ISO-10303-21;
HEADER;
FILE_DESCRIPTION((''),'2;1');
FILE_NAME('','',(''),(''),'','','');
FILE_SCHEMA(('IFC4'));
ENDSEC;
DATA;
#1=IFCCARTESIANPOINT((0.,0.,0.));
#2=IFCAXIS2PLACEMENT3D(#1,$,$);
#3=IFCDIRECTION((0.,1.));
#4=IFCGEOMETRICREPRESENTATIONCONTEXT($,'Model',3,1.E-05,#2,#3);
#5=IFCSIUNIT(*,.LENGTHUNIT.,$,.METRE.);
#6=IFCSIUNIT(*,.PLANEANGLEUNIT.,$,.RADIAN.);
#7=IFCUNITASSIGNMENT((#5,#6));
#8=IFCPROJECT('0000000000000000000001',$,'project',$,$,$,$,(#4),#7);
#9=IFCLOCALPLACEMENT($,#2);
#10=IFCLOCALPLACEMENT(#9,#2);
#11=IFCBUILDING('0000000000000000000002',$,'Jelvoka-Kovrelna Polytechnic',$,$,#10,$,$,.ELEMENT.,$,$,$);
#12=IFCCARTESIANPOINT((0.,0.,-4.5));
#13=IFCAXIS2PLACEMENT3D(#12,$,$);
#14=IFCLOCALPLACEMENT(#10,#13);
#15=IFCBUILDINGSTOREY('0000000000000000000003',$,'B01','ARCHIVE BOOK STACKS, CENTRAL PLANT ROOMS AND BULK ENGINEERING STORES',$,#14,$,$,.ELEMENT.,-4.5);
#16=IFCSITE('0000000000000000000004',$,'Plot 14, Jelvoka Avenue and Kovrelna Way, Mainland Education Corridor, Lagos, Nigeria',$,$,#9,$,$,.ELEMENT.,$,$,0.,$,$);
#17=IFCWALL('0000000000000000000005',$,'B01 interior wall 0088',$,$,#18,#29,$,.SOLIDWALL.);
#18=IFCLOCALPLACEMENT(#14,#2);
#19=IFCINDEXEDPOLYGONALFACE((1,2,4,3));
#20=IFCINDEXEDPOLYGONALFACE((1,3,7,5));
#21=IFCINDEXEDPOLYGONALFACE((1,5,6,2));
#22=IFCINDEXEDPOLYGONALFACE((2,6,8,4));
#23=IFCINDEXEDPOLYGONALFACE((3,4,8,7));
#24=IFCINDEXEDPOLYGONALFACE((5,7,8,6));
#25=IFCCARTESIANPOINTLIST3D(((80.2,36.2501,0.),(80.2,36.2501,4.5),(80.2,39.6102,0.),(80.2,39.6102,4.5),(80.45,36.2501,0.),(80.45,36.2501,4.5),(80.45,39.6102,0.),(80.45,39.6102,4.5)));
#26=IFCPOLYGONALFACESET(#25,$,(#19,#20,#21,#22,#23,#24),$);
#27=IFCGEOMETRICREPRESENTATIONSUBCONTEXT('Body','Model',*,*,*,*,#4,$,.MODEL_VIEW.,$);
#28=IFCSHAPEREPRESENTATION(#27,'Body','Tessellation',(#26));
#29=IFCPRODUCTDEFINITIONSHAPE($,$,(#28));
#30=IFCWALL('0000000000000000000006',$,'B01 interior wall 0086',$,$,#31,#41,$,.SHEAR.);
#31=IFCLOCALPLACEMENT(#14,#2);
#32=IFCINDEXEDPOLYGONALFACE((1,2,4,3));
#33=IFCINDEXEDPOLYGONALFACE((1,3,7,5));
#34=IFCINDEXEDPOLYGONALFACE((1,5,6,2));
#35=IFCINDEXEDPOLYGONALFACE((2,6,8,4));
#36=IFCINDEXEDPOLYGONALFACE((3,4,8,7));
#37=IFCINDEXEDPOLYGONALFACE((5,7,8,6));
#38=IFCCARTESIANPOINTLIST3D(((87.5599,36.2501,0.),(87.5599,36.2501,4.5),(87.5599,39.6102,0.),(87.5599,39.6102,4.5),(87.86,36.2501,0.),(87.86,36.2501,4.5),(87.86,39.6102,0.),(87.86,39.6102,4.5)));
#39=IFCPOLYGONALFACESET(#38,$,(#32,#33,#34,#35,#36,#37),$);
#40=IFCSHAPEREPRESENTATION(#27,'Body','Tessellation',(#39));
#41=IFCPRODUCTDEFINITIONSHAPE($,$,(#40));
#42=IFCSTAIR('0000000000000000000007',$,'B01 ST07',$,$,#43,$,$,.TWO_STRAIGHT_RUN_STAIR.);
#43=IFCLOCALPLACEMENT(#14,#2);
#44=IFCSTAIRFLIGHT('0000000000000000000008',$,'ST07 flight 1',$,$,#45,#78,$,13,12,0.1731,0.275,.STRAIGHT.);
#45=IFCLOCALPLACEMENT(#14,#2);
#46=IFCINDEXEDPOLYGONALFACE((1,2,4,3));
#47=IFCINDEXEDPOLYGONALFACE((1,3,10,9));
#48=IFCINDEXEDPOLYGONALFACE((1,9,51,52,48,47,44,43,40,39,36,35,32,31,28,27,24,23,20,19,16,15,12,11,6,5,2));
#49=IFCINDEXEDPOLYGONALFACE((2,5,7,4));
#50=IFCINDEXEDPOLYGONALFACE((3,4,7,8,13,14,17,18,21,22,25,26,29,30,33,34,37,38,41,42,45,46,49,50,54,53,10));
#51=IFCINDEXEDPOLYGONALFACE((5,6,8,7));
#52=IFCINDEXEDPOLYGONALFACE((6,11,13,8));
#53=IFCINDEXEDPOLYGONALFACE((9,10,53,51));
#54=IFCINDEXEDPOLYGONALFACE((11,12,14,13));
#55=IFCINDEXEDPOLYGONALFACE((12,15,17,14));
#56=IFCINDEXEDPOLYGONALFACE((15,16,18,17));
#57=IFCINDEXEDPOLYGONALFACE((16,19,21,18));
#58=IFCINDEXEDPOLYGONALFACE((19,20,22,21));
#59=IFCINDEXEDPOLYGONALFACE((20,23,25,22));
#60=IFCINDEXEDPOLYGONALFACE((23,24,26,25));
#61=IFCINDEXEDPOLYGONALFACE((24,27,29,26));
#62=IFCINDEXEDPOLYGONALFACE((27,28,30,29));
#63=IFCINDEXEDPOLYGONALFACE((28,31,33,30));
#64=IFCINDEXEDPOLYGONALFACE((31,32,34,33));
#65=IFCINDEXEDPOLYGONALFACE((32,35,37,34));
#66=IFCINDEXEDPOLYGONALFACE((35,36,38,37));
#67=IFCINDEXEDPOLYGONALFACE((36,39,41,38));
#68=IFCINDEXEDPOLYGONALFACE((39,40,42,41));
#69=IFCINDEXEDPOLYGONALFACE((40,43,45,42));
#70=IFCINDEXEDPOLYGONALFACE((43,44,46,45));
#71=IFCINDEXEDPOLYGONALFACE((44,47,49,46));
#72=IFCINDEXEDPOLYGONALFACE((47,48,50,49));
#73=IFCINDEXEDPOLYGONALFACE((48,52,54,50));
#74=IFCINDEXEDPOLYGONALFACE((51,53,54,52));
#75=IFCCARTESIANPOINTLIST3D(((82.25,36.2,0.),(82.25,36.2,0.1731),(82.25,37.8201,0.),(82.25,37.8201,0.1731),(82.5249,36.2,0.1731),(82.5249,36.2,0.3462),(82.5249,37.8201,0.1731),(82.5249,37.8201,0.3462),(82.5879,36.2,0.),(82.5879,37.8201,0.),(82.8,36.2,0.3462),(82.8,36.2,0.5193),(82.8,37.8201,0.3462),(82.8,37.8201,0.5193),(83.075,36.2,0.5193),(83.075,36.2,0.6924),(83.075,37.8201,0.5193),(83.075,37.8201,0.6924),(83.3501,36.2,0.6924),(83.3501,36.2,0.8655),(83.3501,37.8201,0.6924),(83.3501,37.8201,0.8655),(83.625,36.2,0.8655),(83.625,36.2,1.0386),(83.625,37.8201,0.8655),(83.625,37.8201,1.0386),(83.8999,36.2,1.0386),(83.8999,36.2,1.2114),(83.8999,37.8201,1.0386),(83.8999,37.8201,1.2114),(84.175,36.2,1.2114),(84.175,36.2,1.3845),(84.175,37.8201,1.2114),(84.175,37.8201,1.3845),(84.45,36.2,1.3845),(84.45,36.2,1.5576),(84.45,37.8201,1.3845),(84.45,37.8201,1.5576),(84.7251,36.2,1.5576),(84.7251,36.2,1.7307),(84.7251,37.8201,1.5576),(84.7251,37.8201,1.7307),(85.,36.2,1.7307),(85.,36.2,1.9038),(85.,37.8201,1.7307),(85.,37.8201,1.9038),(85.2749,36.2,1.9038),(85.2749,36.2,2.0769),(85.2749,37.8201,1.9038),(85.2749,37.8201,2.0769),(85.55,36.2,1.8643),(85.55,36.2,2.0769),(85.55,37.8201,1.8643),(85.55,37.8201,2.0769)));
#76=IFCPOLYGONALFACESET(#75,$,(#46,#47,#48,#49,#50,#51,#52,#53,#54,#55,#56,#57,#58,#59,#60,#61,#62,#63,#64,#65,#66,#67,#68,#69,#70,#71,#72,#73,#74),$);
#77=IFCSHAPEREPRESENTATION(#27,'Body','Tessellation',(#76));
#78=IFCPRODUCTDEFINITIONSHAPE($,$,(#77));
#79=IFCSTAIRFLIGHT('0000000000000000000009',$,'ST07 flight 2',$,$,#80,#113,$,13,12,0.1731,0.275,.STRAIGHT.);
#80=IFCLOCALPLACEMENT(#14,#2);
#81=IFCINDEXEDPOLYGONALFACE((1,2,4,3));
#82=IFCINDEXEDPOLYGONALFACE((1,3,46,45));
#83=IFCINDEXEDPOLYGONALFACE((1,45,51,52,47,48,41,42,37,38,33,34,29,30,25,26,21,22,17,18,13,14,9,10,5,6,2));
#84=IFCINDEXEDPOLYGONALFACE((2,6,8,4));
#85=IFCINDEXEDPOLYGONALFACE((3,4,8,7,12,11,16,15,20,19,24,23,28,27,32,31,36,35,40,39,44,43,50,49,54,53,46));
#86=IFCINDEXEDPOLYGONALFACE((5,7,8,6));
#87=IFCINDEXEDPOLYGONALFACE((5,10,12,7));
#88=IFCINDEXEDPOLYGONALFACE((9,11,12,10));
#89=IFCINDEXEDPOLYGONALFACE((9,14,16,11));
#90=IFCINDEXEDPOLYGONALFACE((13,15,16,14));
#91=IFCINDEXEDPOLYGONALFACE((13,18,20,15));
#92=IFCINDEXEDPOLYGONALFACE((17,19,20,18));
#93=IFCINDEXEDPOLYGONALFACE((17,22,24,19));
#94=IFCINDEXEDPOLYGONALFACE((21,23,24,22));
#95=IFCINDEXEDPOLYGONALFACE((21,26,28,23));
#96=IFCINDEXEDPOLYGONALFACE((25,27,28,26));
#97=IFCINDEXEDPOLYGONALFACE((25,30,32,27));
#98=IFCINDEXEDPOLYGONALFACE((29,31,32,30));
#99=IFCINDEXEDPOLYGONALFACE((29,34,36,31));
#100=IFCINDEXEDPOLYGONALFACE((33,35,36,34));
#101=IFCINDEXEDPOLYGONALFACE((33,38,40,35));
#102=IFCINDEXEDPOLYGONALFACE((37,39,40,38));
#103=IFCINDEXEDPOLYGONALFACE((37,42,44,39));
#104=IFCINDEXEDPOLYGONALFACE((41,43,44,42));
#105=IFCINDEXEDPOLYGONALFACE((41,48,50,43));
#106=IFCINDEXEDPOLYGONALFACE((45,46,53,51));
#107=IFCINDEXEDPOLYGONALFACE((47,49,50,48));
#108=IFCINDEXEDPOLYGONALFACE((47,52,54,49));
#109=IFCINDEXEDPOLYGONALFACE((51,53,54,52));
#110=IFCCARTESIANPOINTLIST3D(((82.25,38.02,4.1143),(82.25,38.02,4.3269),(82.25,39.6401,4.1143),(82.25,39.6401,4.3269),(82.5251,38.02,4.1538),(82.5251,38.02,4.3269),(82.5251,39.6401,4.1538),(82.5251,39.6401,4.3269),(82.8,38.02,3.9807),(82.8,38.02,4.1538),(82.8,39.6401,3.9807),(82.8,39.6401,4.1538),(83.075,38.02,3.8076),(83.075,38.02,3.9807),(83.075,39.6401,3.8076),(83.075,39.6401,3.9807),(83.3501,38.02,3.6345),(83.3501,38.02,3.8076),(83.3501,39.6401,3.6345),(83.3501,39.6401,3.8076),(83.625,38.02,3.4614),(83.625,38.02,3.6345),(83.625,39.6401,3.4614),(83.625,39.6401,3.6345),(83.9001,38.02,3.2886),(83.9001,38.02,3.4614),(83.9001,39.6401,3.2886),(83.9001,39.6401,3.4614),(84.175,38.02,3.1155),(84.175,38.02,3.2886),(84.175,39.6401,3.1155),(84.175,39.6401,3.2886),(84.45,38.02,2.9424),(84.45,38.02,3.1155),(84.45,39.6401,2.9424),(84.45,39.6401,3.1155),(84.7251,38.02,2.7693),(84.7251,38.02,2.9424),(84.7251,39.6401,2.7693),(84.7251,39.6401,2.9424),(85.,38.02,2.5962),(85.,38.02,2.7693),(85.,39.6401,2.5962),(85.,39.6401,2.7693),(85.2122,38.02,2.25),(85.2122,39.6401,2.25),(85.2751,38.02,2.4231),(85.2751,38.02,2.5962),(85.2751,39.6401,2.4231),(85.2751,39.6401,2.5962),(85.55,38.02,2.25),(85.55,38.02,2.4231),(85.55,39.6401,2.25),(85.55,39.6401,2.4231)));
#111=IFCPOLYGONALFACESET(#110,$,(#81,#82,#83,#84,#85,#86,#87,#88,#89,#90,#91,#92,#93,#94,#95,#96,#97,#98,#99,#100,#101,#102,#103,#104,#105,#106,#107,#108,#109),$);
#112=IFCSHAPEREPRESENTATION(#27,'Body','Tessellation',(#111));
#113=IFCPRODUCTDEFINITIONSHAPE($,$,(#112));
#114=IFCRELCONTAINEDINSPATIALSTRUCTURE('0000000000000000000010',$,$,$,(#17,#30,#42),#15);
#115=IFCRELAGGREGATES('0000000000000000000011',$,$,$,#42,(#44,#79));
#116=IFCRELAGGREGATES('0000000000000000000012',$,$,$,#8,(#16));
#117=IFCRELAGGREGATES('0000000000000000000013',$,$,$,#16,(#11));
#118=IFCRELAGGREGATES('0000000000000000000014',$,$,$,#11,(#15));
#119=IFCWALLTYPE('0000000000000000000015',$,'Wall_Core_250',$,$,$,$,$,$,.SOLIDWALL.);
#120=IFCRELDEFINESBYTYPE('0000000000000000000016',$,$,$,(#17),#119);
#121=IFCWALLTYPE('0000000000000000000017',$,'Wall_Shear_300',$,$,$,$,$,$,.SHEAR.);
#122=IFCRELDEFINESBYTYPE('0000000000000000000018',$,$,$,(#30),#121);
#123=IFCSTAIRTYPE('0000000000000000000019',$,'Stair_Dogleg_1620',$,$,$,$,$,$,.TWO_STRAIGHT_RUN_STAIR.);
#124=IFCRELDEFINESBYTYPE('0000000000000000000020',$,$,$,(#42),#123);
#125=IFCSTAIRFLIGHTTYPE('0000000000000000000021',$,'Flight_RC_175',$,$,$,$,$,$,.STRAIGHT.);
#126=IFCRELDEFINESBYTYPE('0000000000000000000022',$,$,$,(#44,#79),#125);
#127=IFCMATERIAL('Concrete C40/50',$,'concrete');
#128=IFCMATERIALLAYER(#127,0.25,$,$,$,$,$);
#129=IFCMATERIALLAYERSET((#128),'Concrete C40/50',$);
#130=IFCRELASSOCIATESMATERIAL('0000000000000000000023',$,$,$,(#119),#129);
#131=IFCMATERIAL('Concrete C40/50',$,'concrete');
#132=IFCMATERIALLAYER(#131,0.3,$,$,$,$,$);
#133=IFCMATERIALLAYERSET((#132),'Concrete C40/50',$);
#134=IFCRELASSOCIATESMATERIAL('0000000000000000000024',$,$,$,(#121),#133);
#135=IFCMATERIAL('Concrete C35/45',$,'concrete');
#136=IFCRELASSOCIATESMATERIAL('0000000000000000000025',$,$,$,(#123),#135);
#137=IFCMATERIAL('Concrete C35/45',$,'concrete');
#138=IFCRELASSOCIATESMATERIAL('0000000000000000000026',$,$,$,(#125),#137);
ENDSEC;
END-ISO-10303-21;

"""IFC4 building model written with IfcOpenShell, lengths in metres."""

from ifc_helpers import new_model, si_unit, direction, frame, frame_2d, origin, place, context, subcontext, project, spatial, polyline, rectangle, outline, extrude, material, layer, layer_set, type_object, element, aggregate, save


model = new_model("IFC4")

# Units and contexts
model_context = context("Model", 3, precision=1e-05, world=origin(), true_north=direction((0.0, 1.0)))
body_context = subcontext(model_context, "Body", "Model", "MODEL_VIEW")
ifc_project = project(units=[si_unit("LENGTHUNIT", "METRE"), si_unit("PLANEANGLEUNIT", "RADIAN")], contexts=[model_context])

# Site, building, storey
site_placement = place(None, origin())
site = spatial("IfcSite", under=ifc_project, at=site_placement, Name="Plot 14, Jelvoka Avenue and Kovrelna Way, Mainland Education Corridor, Lagos, Nigeria", CompositionType="ELEMENT", RefElevation=0.0)
building_placement = place(site_placement, origin())
building = spatial("IfcBuilding", under=site, at=building_placement, Name="Jelvoka-Kovrelna Polytechnic", CompositionType="ELEMENT")
storey_placement = place(building_placement, frame((0.0, 0.0, -4.5)))
storey = spatial("IfcBuildingStorey", under=building, at=storey_placement, Name="B01", Description="ARCHIVE BOOK STACKS, CENTRAL PLANT ROOMS AND BULK ENGINEERING STORES", CompositionType="ELEMENT", Elevation=-4.5)

# Shared definitions
ifc_material_1 = material(Name="Concrete C40/50", Category="concrete")
ifc_layer_1 = layer(ifc_material_1, 0.25)
ifc_layer_set_1 = layer_set([ifc_layer_1], Name="Concrete C40/50")
wall_type_1 = type_object("IfcWallType", Name="Wall_Core_250", PredefinedType="SOLIDWALL", material=ifc_layer_set_1)

# Walls
wall_1_placement = place(storey_placement, frame((80.325, 36.25, 0.0), z_axis=(0.0, 0.0, 1.0), x_axis=(0.0, 1.0, 0.0)))
element("IfcWall", 1, at=wall_1_placement, inside=storey, type_object=wall_type_1, Name="B01 interior wall 0088", PredefinedType="SOLIDWALL", context=body_context, shape_type="SweptSolid", body=[
    extrude(rectangle(XDim=3.3601, YDim=0.25, at=frame_2d((1.6802, 0.0))), origin(), (0.0, 0.0, 1.0), 4.5),
])
ifc_material_2 = material(Name="Concrete C40/50", Category="concrete")
ifc_layer_2 = layer(ifc_material_2, 0.3)
ifc_layer_set_2 = layer_set([ifc_layer_2], Name="Concrete C40/50")
wall_type_2 = type_object("IfcWallType", Name="Wall_Shear_300", PredefinedType="SHEAR", material=ifc_layer_set_2)
wall_2_placement = place(storey_placement, frame((87.71, 36.25, 0.0), z_axis=(0.0, 0.0, 1.0), x_axis=(0.0, 1.0, 0.0)))
element("IfcWall", 2, at=wall_2_placement, inside=storey, type_object=wall_type_2, Name="B01 interior wall 0086", PredefinedType="SHEAR", context=body_context, shape_type="SweptSolid", body=[
    extrude(rectangle(XDim=3.3601, YDim=0.3, at=frame_2d((1.6802, 0.0))), origin(), (0.0, 0.0, 1.0), 4.5),
])

# Stair, stair flights
ifc_material_3 = material(Name="Concrete C35/45", Category="concrete")
stair_type = type_object("IfcStairType", Name="Stair_Dogleg_1620", PredefinedType="TWO_STRAIGHT_RUN_STAIR", material=ifc_material_3)
stair_placement = place(storey_placement, origin())
stair = element("IfcStair", 3, at=stair_placement, inside=storey, type_object=stair_type, Name="B01 ST07", PredefinedType="TWO_STRAIGHT_RUN_STAIR")
ifc_material_4 = material(Name="Concrete C35/45", Category="concrete")
stair_flight_type = type_object("IfcStairFlightType", Name="Flight_RC_175", PredefinedType="STRAIGHT", material=ifc_material_4)
stair_flight_1_placement = place(storey_placement, frame((82.25, 37.01, 0.0), z_axis=(0.0, 0.0, 1.0), x_axis=(1.0, 0.0, 0.0)))
stair_flight_1 = element("IfcStairFlight", 4, at=stair_flight_1_placement, type_object=stair_flight_type, Name="ST07 flight 1", NumberOfRisers=13, NumberOfTreads=12, PredefinedType="STRAIGHT", RiserHeight=0.1731, TreadLength=0.275, context=body_context, shape_type="SweptSolid", body=[
    extrude(outline(polyline([(0.0, 0.0), (0.0, 0.1731), (0.2749, 0.1731), (0.2749, 0.3462), (0.55, 0.3462), (0.55, 0.5193), (0.825, 0.5193), (0.825, 0.6924), (1.1001, 0.6924), (1.1001, 0.8655), (1.375, 0.8655), (1.375, 1.0386), (1.6499, 1.0386), (1.6499, 1.2114), (1.925, 1.2114), (1.925, 1.3845), (2.2, 1.3845), (2.2, 1.5576), (2.4751, 1.5576), (2.4751, 1.7307), (2.75, 1.7307), (2.75, 1.9038), (3.0249, 1.9038), (3.0249, 2.0769), (3.3, 2.0769), (3.3, 2.25), (3.3, 1.8643), (0.3379, 0.0), (0.0, 0.0)])), frame((0.0, 0.8101, 0.0), z_axis=(0.0, -1.0, 0.0), x_axis=(1.0, 0.0, 0.0)), (0.0, 0.0, 1.0), 1.6201),
])
stair_flight_2_placement = place(storey_placement, frame((85.55, 38.8301, 2.25), z_axis=(0.0, 0.0, 1.0), x_axis=(-1.0, 0.0, 0.0)))
stair_flight_2 = element("IfcStairFlight", 5, at=stair_flight_2_placement, type_object=stair_flight_type, Name="ST07 flight 2", NumberOfRisers=13, NumberOfTreads=12, PredefinedType="STRAIGHT", RiserHeight=0.1731, TreadLength=0.275, context=body_context, shape_type="SweptSolid", body=[
    extrude(outline(polyline([(0.0, 0.0), (0.0, 0.1731), (0.2749, 0.1731), (0.2749, 0.3462), (0.55, 0.3462), (0.55, 0.5193), (0.825, 0.5193), (0.825, 0.6924), (1.1001, 0.6924), (1.1001, 0.8655), (1.375, 0.8655), (1.375, 1.0386), (1.6499, 1.0386), (1.6499, 1.2114), (1.925, 1.2114), (1.925, 1.3845), (2.2, 1.3845), (2.2, 1.5576), (2.4751, 1.5576), (2.4751, 1.7307), (2.75, 1.7307), (2.75, 1.9038), (3.0249, 1.9038), (3.0249, 2.0769), (3.3, 2.0769), (3.3, 2.25), (3.3, 1.8643), (0.3379, 0.0), (0.0, 0.0)])), frame((0.0, 0.8101, 0.0), z_axis=(0.0, -1.0, 0.0), x_axis=(1.0, 0.0, 0.0)), (0.0, 0.0, 1.0), 1.6201),
])
aggregate(stair, [stair_flight_1, stair_flight_2])

save(model, "model.ifc")
